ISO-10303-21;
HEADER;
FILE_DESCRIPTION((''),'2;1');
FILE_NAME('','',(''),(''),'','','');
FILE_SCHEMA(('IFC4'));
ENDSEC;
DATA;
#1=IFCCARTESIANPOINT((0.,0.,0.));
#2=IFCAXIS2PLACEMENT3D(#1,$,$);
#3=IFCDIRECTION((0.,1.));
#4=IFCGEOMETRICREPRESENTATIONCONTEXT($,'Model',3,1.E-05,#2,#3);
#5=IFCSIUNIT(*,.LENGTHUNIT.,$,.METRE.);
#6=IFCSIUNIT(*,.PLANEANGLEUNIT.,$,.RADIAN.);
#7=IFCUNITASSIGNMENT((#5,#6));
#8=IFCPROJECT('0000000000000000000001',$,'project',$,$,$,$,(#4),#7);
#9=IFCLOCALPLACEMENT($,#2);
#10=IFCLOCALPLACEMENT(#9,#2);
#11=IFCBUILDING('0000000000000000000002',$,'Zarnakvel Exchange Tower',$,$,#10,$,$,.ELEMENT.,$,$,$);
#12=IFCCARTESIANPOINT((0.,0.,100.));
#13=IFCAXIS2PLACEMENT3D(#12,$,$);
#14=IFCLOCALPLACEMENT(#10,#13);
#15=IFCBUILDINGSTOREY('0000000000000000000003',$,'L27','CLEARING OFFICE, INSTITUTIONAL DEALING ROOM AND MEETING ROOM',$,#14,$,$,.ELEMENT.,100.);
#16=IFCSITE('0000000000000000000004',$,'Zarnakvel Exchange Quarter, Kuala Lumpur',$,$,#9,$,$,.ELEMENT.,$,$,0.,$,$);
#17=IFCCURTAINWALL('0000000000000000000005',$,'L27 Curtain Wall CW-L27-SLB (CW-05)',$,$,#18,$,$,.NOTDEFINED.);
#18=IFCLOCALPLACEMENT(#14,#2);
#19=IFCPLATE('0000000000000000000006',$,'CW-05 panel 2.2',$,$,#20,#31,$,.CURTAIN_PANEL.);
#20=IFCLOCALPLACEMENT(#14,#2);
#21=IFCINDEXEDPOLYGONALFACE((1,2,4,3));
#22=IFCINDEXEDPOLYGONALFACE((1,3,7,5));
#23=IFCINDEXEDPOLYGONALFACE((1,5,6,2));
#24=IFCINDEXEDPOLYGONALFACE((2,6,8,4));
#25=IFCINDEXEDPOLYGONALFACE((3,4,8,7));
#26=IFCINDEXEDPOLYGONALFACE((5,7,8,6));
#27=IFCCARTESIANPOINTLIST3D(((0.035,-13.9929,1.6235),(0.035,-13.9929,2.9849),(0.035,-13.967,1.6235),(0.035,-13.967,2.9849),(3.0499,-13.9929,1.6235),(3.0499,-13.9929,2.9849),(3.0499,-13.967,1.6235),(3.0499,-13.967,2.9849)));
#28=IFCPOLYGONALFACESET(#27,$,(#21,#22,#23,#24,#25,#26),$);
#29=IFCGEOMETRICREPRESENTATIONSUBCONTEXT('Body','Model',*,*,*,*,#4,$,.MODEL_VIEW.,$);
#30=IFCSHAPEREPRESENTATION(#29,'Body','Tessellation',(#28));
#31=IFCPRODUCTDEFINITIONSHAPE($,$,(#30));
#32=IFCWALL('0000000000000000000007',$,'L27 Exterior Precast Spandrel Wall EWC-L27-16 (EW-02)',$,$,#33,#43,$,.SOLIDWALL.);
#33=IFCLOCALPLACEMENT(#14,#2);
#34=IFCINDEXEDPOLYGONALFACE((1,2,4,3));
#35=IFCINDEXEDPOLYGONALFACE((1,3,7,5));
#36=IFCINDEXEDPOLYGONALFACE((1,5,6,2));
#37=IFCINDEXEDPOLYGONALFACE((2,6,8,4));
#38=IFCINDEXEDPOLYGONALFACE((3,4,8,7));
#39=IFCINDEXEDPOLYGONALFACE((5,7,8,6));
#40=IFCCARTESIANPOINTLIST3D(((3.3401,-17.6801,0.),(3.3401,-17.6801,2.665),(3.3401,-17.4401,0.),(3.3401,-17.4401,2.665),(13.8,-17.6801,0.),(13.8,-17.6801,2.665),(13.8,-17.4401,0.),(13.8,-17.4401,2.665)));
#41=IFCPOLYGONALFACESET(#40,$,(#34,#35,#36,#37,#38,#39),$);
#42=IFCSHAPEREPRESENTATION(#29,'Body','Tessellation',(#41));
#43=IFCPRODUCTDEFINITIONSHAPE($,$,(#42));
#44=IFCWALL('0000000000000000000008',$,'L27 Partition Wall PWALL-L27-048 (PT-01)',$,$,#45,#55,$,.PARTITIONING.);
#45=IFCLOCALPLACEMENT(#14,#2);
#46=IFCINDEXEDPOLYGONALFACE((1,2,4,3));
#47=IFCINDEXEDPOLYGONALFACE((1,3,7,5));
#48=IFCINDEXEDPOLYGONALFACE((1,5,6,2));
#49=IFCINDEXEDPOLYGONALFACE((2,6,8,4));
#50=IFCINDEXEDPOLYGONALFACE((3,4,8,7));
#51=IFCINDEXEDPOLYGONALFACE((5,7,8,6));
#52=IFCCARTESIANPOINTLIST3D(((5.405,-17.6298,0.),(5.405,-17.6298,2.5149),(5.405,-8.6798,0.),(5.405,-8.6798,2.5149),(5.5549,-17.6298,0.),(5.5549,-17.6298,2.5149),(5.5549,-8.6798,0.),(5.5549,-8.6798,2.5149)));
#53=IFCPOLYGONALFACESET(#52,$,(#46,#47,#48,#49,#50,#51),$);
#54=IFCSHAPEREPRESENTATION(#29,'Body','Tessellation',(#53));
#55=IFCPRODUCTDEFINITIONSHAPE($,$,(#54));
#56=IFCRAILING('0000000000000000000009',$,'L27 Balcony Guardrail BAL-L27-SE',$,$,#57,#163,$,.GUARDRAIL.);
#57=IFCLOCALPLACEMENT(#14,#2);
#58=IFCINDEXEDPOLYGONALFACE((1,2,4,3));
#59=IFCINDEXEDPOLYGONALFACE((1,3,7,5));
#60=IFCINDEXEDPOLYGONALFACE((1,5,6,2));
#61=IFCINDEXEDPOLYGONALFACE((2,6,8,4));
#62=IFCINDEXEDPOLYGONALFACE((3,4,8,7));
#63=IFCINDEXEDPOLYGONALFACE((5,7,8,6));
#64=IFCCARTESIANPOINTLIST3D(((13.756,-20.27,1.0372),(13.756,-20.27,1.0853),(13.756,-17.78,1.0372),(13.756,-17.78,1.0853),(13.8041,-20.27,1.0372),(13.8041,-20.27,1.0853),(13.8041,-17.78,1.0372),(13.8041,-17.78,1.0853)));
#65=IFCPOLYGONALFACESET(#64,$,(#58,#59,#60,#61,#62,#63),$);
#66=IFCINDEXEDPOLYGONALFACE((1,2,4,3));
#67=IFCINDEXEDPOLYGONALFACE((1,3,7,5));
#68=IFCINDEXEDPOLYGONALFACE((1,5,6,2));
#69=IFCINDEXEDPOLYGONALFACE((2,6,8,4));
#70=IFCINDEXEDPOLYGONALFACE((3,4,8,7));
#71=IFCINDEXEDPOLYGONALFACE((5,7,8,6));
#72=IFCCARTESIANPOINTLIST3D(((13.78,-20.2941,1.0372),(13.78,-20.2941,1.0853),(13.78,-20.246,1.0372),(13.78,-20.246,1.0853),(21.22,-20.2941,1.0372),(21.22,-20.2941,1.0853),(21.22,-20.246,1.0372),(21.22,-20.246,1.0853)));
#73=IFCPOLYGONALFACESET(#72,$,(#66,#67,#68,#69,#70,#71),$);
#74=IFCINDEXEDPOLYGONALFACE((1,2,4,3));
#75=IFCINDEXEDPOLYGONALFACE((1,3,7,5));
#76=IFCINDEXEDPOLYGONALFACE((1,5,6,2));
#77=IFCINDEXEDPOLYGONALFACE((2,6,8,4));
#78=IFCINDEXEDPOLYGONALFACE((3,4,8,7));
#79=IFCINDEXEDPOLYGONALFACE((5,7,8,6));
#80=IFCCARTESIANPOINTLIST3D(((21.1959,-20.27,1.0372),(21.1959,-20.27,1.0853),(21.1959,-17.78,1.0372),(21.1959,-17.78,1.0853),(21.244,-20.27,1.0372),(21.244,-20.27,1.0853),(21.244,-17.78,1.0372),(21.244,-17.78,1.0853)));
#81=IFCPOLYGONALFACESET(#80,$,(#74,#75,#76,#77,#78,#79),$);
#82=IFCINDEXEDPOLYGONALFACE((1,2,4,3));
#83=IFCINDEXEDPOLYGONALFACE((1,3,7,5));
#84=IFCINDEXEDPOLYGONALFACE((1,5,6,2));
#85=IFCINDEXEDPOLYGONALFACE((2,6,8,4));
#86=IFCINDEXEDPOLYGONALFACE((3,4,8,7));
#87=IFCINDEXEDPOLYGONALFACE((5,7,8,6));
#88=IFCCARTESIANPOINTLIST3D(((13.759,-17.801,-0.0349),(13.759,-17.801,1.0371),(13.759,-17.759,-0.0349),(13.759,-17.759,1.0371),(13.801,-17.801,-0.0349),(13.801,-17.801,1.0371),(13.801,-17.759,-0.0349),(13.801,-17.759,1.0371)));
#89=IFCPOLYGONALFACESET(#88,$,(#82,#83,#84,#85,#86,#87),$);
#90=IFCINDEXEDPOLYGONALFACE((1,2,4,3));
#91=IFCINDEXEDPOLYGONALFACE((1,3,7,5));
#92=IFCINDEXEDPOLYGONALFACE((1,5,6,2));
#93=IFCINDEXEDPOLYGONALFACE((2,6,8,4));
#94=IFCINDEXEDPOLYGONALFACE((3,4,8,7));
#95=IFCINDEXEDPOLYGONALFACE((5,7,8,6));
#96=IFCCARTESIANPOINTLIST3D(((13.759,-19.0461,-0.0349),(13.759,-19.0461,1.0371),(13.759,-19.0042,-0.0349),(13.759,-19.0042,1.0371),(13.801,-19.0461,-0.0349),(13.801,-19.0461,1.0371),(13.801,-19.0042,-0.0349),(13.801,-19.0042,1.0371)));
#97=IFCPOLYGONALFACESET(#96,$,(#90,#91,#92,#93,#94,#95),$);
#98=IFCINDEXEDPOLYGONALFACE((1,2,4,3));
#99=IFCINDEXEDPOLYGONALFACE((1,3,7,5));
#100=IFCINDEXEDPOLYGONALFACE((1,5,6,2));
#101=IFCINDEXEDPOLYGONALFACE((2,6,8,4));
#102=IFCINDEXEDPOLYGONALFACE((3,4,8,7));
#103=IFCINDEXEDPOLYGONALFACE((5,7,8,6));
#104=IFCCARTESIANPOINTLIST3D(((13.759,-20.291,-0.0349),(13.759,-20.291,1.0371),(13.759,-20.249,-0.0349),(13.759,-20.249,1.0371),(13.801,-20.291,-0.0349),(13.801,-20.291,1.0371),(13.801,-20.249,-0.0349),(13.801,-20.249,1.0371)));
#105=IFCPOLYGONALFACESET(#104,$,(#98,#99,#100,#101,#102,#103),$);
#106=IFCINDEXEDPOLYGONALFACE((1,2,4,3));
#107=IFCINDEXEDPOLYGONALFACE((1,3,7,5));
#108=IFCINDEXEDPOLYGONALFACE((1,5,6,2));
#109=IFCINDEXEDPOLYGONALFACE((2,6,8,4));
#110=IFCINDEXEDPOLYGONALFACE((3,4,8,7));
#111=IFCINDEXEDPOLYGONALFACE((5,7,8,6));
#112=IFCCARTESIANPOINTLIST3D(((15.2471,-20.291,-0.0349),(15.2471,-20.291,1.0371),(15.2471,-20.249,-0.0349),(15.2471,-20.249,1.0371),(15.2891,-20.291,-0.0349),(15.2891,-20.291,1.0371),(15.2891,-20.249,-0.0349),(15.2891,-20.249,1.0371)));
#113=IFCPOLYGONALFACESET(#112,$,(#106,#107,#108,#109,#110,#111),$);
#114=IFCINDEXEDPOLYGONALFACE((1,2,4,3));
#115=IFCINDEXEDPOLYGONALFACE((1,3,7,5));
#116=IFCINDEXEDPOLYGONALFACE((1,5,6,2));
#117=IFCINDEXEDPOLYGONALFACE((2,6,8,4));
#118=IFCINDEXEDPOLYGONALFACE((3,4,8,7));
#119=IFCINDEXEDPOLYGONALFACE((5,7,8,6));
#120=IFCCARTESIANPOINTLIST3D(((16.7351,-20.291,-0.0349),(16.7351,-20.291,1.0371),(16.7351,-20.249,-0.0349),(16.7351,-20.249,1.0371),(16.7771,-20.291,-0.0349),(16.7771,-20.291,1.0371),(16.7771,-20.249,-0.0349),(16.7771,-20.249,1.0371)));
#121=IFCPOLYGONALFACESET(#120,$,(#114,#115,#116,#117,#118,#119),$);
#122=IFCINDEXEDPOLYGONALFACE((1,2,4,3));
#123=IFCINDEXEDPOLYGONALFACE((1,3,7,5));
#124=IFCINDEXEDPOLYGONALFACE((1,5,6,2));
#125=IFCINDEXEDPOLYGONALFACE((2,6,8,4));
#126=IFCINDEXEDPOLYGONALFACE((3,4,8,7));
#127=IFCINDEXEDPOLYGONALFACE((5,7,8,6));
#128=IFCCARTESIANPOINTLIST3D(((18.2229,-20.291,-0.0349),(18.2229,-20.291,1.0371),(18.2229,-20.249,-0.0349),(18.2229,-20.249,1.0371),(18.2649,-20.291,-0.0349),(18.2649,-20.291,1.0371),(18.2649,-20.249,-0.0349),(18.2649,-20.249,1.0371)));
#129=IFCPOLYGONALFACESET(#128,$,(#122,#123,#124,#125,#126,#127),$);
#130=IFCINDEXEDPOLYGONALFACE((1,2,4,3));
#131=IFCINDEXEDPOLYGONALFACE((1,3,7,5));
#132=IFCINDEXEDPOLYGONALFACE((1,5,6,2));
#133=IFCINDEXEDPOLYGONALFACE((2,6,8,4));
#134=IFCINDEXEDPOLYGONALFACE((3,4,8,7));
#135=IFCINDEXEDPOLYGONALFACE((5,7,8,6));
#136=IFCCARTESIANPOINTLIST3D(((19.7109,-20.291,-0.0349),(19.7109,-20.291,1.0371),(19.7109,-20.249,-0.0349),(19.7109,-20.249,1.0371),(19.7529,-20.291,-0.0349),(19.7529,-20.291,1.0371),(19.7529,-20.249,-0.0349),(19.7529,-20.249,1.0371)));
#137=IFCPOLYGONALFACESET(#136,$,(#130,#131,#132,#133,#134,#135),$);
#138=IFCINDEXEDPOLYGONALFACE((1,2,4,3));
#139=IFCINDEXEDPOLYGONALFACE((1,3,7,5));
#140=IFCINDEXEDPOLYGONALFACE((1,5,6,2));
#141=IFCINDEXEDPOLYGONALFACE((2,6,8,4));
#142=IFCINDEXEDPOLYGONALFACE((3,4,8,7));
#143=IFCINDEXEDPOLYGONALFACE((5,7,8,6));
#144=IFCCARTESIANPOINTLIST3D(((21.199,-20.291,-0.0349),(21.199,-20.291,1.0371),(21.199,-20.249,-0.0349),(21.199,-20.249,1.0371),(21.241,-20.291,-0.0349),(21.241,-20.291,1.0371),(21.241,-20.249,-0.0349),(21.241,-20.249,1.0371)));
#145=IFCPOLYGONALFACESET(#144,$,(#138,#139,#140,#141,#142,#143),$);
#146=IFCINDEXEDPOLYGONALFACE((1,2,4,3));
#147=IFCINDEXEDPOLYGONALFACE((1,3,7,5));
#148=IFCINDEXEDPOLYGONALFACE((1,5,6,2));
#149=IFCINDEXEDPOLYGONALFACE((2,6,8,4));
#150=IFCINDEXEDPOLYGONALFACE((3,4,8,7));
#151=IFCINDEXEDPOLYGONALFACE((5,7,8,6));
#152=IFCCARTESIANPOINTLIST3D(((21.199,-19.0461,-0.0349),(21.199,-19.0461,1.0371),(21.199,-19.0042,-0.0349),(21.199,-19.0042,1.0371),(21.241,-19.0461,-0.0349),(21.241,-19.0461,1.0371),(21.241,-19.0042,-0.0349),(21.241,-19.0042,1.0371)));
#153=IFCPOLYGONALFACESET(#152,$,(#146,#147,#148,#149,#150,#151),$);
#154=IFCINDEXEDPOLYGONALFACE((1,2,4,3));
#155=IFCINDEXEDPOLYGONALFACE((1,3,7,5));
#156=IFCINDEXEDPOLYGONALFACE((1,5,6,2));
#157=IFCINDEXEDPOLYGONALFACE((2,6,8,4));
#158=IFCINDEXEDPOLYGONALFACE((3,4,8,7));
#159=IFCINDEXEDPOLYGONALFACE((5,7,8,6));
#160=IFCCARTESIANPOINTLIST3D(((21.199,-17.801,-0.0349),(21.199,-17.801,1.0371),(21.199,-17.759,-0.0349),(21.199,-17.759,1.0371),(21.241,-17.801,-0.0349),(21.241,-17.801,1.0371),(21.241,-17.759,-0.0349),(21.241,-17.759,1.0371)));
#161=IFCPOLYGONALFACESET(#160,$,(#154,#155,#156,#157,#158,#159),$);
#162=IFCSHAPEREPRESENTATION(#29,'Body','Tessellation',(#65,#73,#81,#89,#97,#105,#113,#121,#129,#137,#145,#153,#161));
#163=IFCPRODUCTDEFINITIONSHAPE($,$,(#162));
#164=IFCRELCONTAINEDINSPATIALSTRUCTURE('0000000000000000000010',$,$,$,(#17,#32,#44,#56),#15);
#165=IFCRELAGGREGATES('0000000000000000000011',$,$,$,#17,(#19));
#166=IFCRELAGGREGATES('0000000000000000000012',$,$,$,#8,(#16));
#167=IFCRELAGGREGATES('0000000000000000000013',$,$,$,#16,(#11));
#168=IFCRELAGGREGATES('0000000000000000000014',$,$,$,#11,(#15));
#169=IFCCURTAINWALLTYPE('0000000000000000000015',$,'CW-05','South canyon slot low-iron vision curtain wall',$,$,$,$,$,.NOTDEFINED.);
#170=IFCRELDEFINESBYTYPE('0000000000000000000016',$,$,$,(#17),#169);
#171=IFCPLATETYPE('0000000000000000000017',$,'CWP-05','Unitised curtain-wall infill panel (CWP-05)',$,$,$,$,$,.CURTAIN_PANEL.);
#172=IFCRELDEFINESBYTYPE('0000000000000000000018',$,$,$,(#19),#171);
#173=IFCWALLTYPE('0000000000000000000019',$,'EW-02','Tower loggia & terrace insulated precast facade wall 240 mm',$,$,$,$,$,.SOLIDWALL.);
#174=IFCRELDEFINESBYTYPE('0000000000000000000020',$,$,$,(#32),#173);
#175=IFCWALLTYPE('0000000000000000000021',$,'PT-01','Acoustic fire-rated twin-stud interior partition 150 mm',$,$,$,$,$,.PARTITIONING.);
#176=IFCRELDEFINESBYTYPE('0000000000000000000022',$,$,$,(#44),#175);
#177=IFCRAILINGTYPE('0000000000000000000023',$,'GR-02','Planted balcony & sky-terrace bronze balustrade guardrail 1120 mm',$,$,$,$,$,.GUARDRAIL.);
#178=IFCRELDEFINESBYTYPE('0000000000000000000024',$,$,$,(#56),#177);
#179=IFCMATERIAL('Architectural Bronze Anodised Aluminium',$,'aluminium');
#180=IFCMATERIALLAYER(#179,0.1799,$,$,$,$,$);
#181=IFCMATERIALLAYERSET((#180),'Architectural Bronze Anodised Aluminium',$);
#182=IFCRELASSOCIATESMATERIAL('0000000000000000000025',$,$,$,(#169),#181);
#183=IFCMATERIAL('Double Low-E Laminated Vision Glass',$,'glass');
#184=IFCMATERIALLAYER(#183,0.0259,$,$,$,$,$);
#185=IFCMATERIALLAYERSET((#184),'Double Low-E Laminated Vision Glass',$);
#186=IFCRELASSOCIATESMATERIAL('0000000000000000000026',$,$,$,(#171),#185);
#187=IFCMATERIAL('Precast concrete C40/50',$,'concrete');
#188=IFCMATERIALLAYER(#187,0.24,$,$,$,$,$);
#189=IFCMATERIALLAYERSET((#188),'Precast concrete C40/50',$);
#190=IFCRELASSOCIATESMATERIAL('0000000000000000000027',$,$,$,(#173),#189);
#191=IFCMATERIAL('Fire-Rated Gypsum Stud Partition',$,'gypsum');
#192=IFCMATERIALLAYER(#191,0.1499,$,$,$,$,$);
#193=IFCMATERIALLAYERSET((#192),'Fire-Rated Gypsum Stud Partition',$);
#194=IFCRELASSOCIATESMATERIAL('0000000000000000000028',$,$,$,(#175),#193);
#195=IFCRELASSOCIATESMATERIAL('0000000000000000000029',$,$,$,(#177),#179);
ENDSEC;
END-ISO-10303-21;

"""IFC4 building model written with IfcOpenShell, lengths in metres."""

from ifc_helpers import new_model, si_unit, direction, frame, frame_2d, origin, origin_2d, place, context, subcontext, project, spatial, rectangle, extrude, source, transform, mapped, material, layer, layer_set, type_object, element, aggregate, save


model = new_model("IFC4")

# Units and contexts
model_context = context("Model", 3, precision=1e-05, world=origin(), true_north=direction((0.0, 1.0)))
body_context = subcontext(model_context, "Body", "Model", "MODEL_VIEW")
ifc_project = project(units=[si_unit("LENGTHUNIT", "METRE"), si_unit("PLANEANGLEUNIT", "RADIAN")], contexts=[model_context])

# Site, building, storey
site_placement = place(None, origin())
site = spatial("IfcSite", under=ifc_project, at=site_placement, Name="Zarnakvel Exchange Quarter, Kuala Lumpur", CompositionType="ELEMENT", RefElevation=0.0)
building_placement = place(site_placement, origin())
building = spatial("IfcBuilding", under=site, at=building_placement, Name="Zarnakvel Exchange Tower", CompositionType="ELEMENT")
storey_placement = place(building_placement, frame((0.0, 0.0, 100.0)))
storey = spatial("IfcBuildingStorey", under=building, at=storey_placement, Name="L27", Description="CLEARING OFFICE, INSTITUTIONAL DEALING ROOM AND MEETING ROOM", CompositionType="ELEMENT", Elevation=100.0)

# Curtain wall
ifc_material_1 = material(Name="Architectural Bronze Anodised Aluminium", Category="aluminium")
ifc_layer_1 = layer(ifc_material_1, 0.1799)
ifc_layer_set_1 = layer_set([ifc_layer_1], Name="Architectural Bronze Anodised Aluminium")
curtain_wall_type = type_object("IfcCurtainWallType", Name="CW-05", Description="South canyon slot low-iron vision curtain wall", PredefinedType="NOTDEFINED", material=ifc_layer_set_1)
curtain_wall_1_placement = place(storey_placement, origin())
curtain_wall_1 = element("IfcCurtainWall", 1, at=curtain_wall_1_placement, inside=storey, type_object=curtain_wall_type, Name="L27 Curtain Wall CW-L27-SLB (CW-05)", PredefinedType="NOTDEFINED")

# Plate
ifc_material_2 = material(Name="Double Low-E Laminated Vision Glass", Category="glass")
ifc_layer_2 = layer(ifc_material_2, 0.0259)
ifc_layer_set_2 = layer_set([ifc_layer_2], Name="Double Low-E Laminated Vision Glass")
plate_type = type_object("IfcPlateType", Name="CWP-05", Description="Unitised curtain-wall infill panel (CWP-05)", PredefinedType="CURTAIN_PANEL", material=ifc_layer_set_2)
shared_shape_1 = source(origin(), body_context, "Body", "SweptSolid", [
    extrude(rectangle(XDim=3.0149, YDim=0.0259, at=origin_2d()), origin(), (0.0, 0.0, 1.0), 1.3613),
])
plate_1_placement = place(storey_placement, frame((1.5425, -13.98, 1.6235), z_axis=(0.0, 0.0, 1.0), x_axis=(1.0, 0.0, 0.0)))
plate_1 = element("IfcPlate", 2, at=plate_1_placement, type_object=plate_type, Name="CW-05 panel 2.2", PredefinedType="CURTAIN_PANEL", context=body_context, shape_type="MappedRepresentation", body=[
    mapped(shared_shape_1, transform((0.0, 0.0, 0.0), x_axis=(1.0, 0.0, 0.0), y_axis=(0.0, 1.0, 0.0), z_axis=(0.0, 0.0, 1.0), scale=1.0)),
])
aggregate(curtain_wall_1, [plate_1])

# Walls
ifc_material_3 = material(Name="Precast concrete C40/50", Category="concrete")
ifc_layer_3 = layer(ifc_material_3, 0.24)
ifc_layer_set_3 = layer_set([ifc_layer_3], Name="Precast concrete C40/50")
wall_type_1 = type_object("IfcWallType", Name="EW-02", Description="Tower loggia & terrace insulated precast facade wall 240 mm", PredefinedType="SOLIDWALL", material=ifc_layer_set_3)
wall_1_placement = place(storey_placement, frame((3.3401, -17.5601, 0.0), z_axis=(0.0, 0.0, 1.0), x_axis=(1.0, 0.0, 0.0)))
element("IfcWall", 3, at=wall_1_placement, inside=storey, type_object=wall_type_1, Name="L27 Exterior Precast Spandrel Wall EWC-L27-16 (EW-02)", PredefinedType="SOLIDWALL", context=body_context, shape_type="SweptSolid", body=[
    extrude(rectangle(XDim=10.46, YDim=0.24, at=frame_2d((5.23, 0.0))), origin(), (0.0, 0.0, 1.0), 2.665),
])
ifc_material_4 = material(Name="Fire-Rated Gypsum Stud Partition", Category="gypsum")
ifc_layer_4 = layer(ifc_material_4, 0.1499)
ifc_layer_set_4 = layer_set([ifc_layer_4], Name="Fire-Rated Gypsum Stud Partition")
wall_type_2 = type_object("IfcWallType", Name="PT-01", Description="Acoustic fire-rated twin-stud interior partition 150 mm", PredefinedType="PARTITIONING", material=ifc_layer_set_4)
wall_2_placement = place(storey_placement, frame((5.48, -17.6299, 0.0), z_axis=(0.0, 0.0, 1.0), x_axis=(0.0, 1.0, 0.0)))
element("IfcWall", 4, at=wall_2_placement, inside=storey, type_object=wall_type_2, Name="L27 Partition Wall PWALL-L27-048 (PT-01)", PredefinedType="PARTITIONING", context=body_context, shape_type="SweptSolid", body=[
    extrude(rectangle(XDim=8.95, YDim=0.1499, at=frame_2d((4.4751, 0.0))), origin(), (0.0, 0.0, 1.0), 2.5149),
])

# Railing
railing_type = type_object("IfcRailingType", Name="GR-02", Description="Planted balcony & sky-terrace bronze balustrade guardrail 1120 mm", PredefinedType="GUARDRAIL", material=ifc_material_1)
railing_placement = place(storey_placement, frame((13.78, -17.78, -0.0349)))
element("IfcRailing", 5, at=railing_placement, inside=storey, type_object=railing_type, Name="L27 Balcony Guardrail BAL-L27-SE", PredefinedType="GUARDRAIL", context=body_context, shape_type="SweptSolid", body=[
    extrude(rectangle(XDim=0.0481, YDim=0.0481, at=origin_2d()), frame((0.0, 0.0, 1.0962), z_axis=(0.0, -1.0, 0.0), x_axis=(1.0, 0.0, 0.0)), (0.0, 0.0, 1.0), 2.49),
    extrude(rectangle(XDim=0.0481, YDim=0.0481, at=origin_2d()), frame((0.0, -2.49, 1.0962), z_axis=(1.0, 0.0, 0.0), x_axis=(0.0, 1.0, 0.0)), (0.0, 0.0, 1.0), 7.4399),
    extrude(rectangle(XDim=0.0481, YDim=0.0481, at=origin_2d()), frame((7.4399, -2.49, 1.0962), z_axis=(0.0, 1.0, 0.0), x_axis=(-1.0, 0.0, 0.0)), (0.0, 0.0, 1.0), 2.49),
    extrude(rectangle(XDim=0.042, YDim=0.042, at=origin_2d()), origin(), (0.0, 0.0, 1.0), 1.072),
    extrude(rectangle(XDim=0.042, YDim=0.042, at=origin_2d()), frame((0.0, -1.2451, 0.0)), (0.0, 0.0, 1.0), 1.072),
    extrude(rectangle(XDim=0.042, YDim=0.042, at=origin_2d()), frame((0.0, -2.49, 0.0)), (0.0, 0.0, 1.0), 1.072),
    extrude(rectangle(XDim=0.042, YDim=0.042, at=origin_2d()), frame((1.488, -2.49, 0.0)), (0.0, 0.0, 1.0), 1.072),
    extrude(rectangle(XDim=0.042, YDim=0.042, at=origin_2d()), frame((2.9761, -2.49, 0.0)), (0.0, 0.0, 1.0), 1.072),
    extrude(rectangle(XDim=0.042, YDim=0.042, at=origin_2d()), frame((4.4639, -2.49, 0.0)), (0.0, 0.0, 1.0), 1.072),
    extrude(rectangle(XDim=0.042, YDim=0.042, at=origin_2d()), frame((5.9519, -2.49, 0.0)), (0.0, 0.0, 1.0), 1.072),
    extrude(rectangle(XDim=0.042, YDim=0.042, at=origin_2d()), frame((7.4399, -2.49, 0.0)), (0.0, 0.0, 1.0), 1.072),
    extrude(rectangle(XDim=0.042, YDim=0.042, at=origin_2d()), frame((7.4399, -1.2451, 0.0)), (0.0, 0.0, 1.0), 1.072),
    extrude(rectangle(XDim=0.042, YDim=0.042, at=origin_2d()), frame((7.4399, 0.0, 0.0)), (0.0, 0.0, 1.0), 1.072),
])

save(model, "model.ifc")
